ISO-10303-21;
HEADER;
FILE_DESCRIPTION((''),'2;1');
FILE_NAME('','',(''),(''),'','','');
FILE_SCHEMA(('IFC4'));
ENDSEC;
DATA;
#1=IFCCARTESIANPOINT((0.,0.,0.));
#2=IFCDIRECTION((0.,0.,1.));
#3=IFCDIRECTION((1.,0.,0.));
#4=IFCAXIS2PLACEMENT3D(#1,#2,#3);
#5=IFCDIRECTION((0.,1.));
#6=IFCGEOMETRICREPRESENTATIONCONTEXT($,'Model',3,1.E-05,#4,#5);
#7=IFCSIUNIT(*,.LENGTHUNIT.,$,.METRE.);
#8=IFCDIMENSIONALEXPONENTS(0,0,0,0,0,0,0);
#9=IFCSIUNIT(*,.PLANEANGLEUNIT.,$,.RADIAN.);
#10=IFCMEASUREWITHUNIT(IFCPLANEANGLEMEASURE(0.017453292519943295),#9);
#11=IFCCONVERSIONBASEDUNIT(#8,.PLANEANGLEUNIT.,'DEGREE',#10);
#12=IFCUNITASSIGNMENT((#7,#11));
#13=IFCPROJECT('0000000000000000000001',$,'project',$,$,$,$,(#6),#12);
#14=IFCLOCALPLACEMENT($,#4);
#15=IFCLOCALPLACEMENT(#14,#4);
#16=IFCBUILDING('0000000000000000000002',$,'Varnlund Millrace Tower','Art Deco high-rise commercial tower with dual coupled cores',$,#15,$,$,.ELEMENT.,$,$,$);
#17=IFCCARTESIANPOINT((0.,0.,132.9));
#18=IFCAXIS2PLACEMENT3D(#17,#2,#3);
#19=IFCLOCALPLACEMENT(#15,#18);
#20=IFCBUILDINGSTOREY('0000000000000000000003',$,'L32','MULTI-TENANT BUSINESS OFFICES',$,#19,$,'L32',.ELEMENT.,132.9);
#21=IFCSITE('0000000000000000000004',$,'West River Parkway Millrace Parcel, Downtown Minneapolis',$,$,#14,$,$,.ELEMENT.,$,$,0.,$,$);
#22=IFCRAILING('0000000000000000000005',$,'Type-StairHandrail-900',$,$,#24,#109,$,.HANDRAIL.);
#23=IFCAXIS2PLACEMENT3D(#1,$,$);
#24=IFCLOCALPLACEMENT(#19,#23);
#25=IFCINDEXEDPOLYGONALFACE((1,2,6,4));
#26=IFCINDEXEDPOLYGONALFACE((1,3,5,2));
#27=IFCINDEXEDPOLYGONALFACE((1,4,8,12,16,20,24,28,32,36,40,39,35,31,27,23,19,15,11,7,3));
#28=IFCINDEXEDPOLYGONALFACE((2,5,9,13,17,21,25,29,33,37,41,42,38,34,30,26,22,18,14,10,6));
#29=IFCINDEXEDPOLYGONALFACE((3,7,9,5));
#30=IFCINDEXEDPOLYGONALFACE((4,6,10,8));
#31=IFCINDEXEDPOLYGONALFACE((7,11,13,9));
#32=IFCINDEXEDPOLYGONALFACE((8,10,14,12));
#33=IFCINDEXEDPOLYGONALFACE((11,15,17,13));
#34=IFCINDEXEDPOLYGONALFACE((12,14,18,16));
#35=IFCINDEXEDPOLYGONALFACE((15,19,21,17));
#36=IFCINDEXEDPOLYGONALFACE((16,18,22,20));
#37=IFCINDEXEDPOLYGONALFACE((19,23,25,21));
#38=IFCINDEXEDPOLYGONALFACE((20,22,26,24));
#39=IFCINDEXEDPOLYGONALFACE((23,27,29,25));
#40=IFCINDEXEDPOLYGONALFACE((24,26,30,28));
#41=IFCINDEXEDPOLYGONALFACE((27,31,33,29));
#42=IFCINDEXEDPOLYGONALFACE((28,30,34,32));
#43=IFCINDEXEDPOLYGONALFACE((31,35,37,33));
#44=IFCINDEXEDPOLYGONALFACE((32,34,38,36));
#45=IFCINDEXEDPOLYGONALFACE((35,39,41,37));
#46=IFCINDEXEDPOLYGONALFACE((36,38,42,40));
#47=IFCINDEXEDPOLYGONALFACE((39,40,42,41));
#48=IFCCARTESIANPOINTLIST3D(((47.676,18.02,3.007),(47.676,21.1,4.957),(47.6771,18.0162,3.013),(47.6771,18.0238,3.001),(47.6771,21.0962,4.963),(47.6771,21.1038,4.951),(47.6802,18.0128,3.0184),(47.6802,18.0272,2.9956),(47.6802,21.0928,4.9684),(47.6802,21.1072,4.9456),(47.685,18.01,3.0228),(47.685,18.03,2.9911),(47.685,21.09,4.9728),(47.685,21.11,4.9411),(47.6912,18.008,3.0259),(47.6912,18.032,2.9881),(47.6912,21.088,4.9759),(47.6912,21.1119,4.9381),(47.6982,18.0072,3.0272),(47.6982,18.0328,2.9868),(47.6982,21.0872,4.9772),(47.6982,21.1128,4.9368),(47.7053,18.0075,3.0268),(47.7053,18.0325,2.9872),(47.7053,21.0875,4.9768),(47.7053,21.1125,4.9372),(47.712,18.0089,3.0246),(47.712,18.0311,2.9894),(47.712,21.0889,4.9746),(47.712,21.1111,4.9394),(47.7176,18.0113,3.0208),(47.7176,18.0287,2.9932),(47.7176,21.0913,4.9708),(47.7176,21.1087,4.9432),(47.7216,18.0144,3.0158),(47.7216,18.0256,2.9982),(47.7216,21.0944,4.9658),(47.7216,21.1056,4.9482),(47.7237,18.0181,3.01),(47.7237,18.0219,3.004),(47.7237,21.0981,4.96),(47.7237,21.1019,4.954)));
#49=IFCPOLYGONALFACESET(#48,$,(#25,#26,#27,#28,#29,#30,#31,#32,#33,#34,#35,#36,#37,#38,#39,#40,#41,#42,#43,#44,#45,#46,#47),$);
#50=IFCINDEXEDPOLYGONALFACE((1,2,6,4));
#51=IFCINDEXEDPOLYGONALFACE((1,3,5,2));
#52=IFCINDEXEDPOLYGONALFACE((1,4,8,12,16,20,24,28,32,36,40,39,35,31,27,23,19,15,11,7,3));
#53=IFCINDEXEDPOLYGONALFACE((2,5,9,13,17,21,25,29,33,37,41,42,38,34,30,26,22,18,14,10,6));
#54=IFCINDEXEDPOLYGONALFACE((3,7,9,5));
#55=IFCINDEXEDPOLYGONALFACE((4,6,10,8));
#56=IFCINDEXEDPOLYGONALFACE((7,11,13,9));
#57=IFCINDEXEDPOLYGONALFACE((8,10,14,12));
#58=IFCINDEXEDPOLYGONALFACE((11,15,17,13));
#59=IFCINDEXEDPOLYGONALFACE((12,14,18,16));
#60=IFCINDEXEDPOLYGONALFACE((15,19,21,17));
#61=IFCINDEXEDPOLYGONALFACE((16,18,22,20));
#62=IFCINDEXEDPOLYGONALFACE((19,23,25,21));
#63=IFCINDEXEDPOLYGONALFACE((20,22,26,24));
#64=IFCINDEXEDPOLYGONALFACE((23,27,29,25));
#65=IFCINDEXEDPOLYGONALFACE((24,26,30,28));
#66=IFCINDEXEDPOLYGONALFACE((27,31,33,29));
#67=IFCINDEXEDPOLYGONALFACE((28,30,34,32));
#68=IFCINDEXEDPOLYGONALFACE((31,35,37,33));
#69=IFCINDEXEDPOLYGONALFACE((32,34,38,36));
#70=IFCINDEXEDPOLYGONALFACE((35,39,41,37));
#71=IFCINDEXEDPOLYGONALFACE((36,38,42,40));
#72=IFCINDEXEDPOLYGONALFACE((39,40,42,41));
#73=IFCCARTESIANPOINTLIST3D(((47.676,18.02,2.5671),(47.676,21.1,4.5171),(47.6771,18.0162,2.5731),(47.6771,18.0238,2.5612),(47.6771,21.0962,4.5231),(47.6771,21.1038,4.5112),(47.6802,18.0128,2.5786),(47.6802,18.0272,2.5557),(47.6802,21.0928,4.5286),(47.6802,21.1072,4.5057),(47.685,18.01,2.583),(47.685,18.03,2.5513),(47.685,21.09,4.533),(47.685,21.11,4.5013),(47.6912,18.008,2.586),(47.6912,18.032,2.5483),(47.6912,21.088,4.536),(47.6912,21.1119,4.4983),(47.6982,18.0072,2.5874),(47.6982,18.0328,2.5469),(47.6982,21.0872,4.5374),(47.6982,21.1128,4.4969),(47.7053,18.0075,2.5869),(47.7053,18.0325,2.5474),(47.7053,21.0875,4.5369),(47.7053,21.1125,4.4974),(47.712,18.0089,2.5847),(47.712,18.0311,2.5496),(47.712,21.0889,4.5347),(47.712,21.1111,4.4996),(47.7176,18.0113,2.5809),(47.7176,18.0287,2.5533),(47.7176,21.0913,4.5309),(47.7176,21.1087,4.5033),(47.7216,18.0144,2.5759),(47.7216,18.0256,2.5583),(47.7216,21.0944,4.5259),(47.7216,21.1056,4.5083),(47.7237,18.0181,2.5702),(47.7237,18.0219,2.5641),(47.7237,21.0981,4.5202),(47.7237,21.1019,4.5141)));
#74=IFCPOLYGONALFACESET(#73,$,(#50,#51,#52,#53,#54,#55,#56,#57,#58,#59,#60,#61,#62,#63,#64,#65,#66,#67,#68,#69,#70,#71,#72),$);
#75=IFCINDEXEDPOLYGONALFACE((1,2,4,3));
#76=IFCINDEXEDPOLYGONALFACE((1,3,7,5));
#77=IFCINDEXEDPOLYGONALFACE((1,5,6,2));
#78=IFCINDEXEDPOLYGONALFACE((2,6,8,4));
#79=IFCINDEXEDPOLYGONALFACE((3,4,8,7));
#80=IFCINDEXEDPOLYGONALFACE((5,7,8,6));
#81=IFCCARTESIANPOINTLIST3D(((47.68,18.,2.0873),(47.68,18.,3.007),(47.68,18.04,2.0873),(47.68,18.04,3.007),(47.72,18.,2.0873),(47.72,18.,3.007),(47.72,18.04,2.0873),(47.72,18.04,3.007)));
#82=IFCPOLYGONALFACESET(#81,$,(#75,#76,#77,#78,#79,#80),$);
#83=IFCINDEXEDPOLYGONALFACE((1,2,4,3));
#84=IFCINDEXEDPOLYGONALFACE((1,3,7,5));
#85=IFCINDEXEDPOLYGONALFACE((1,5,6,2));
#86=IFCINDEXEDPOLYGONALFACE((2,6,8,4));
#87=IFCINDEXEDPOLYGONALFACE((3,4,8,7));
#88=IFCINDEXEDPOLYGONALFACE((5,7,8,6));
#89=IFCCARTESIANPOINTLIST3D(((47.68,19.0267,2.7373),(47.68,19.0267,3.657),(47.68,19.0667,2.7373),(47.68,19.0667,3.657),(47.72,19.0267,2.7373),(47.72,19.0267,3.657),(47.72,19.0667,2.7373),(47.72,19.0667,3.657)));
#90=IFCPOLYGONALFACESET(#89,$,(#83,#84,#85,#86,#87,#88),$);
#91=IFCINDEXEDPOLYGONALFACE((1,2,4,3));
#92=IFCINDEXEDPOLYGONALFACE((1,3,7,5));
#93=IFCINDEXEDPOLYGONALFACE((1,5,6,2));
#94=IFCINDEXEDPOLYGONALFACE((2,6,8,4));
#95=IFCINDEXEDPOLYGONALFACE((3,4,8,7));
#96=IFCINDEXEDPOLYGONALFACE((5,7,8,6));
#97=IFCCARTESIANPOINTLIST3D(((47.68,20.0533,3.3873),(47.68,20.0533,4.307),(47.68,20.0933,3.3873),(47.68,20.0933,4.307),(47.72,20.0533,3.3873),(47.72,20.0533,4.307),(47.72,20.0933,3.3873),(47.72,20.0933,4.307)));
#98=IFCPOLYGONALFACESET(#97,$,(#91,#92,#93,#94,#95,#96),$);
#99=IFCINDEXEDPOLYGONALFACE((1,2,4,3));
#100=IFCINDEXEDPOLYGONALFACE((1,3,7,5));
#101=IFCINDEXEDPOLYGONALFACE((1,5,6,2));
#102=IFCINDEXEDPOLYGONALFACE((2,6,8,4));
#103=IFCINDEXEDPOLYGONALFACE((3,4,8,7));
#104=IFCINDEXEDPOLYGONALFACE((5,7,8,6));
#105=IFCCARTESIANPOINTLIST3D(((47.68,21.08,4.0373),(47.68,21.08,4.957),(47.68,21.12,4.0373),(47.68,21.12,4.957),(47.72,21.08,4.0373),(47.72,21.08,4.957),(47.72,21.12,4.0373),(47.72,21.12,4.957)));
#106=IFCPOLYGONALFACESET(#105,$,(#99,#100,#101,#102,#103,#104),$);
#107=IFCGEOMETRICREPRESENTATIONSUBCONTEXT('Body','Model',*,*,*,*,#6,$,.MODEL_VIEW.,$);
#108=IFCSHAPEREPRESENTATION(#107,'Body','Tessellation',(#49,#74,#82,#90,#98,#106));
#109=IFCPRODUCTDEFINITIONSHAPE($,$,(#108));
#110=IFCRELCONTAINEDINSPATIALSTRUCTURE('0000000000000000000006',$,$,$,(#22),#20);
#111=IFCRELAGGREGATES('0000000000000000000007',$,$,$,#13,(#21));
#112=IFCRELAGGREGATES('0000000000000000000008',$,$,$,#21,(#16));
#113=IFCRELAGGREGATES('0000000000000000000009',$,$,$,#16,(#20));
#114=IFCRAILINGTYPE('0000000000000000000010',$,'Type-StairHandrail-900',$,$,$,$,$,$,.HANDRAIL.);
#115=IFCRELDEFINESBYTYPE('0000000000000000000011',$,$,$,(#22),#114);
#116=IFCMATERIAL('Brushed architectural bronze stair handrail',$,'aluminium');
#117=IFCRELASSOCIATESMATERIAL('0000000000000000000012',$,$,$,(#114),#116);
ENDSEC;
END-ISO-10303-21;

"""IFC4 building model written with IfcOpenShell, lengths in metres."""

from ifc_helpers import new_model, entity, si_unit, converted_unit, direction, frame, origin_with_axes, origin_2d_with_axis, place, context, subcontext, project, spatial, rectangle, circle, extrude, material, type_object, element, save


model = new_model("IFC4")

# Units and contexts
model_context = context("Model", 3, precision=1e-05, world=origin_with_axes(), true_north=direction((0.0, 1.0)))
body_context = subcontext(model_context, "Body", "Model", "MODEL_VIEW")
ifc_project = project(units=[si_unit("LENGTHUNIT", "METRE"), converted_unit("PLANEANGLEUNIT", "DEGREE", entity("IfcPlaneAngleMeasure", 0.017453292519943295), si_unit("PLANEANGLEUNIT", "RADIAN"), dimensions=[0, 0, 0, 0, 0, 0, 0])], contexts=[model_context])

# Site, building, storey
site_placement = place(None, origin_with_axes())
site = spatial("IfcSite", under=ifc_project, at=site_placement, Name="West River Parkway Millrace Parcel, Downtown Minneapolis", CompositionType="ELEMENT", RefElevation=0.0)
building_placement = place(site_placement, origin_with_axes())
building = spatial("IfcBuilding", under=site, at=building_placement, Name="Varnlund Millrace Tower", Description="Art Deco high-rise commercial tower with dual coupled cores", CompositionType="ELEMENT")
storey_placement = place(building_placement, frame((0.0, 0.0, 132.9), z_axis=(0.0, 0.0, 1.0), x_axis=(1.0, 0.0, 0.0)))
storey = spatial("IfcBuildingStorey", under=building, at=storey_placement, Name="L32", Description="MULTI-TENANT BUSINESS OFFICES", LongName="L32", CompositionType="ELEMENT", Elevation=132.9)

# Railing
ifc_material_1 = material(Name="Brushed architectural bronze stair handrail", Category="aluminium")
railing_type_1 = type_object("IfcRailingType", Name="Type-StairHandrail-900", PredefinedType="HANDRAIL", material=ifc_material_1)
railing_1_placement = place(storey_placement, frame((0.0, 0.0, -132.9), z_axis=(0.0, 0.0, 1.0), x_axis=(1.0, 0.0, 0.0)))
element("IfcRailing", 1, at=railing_1_placement, inside=storey, type_object=railing_type_1, Name="Type-StairHandrail-900", PredefinedType="HANDRAIL", context=body_context, shape_type="SweptSolid", body=[
    extrude(circle(Radius=0.024, at=origin_2d_with_axis()), frame((47.7, 18.02, 135.907), z_axis=(0.0, 0.844902, 0.534922), x_axis=(-1.0, 0.0, 0.0)), (0.0, 0.0, 1.0), 3.6454),
    extrude(circle(Radius=0.024, at=origin_2d_with_axis()), frame((47.7, 18.02, 135.4671), z_axis=(0.0, 0.844902, 0.534922), x_axis=(-1.0, 0.0, 0.0)), (0.0, 0.0, 1.0), 3.6454),
    extrude(rectangle(XDim=0.04, YDim=0.04, at=origin_2d_with_axis()), frame((47.7, 18.02, 134.9873), z_axis=(0.0, 0.0, 1.0), x_axis=(1.0, 0.0, 0.0)), (0.0, 0.0, 1.0), 0.9197),
    extrude(rectangle(XDim=0.04, YDim=0.04, at=origin_2d_with_axis()), frame((47.7, 19.0467, 135.6373), z_axis=(0.0, 0.0, 1.0), x_axis=(1.0, 0.0, 0.0)), (0.0, 0.0, 1.0), 0.9197),
    extrude(rectangle(XDim=0.04, YDim=0.04, at=origin_2d_with_axis()), frame((47.7, 20.0733, 136.2873), z_axis=(0.0, 0.0, 1.0), x_axis=(1.0, 0.0, 0.0)), (0.0, 0.0, 1.0), 0.9197),
    extrude(rectangle(XDim=0.04, YDim=0.04, at=origin_2d_with_axis()), frame((47.7, 21.1, 136.9373), z_axis=(0.0, 0.0, 1.0), x_axis=(1.0, 0.0, 0.0)), (0.0, 0.0, 1.0), 0.9197),
])

save(model, "model.ifc")
